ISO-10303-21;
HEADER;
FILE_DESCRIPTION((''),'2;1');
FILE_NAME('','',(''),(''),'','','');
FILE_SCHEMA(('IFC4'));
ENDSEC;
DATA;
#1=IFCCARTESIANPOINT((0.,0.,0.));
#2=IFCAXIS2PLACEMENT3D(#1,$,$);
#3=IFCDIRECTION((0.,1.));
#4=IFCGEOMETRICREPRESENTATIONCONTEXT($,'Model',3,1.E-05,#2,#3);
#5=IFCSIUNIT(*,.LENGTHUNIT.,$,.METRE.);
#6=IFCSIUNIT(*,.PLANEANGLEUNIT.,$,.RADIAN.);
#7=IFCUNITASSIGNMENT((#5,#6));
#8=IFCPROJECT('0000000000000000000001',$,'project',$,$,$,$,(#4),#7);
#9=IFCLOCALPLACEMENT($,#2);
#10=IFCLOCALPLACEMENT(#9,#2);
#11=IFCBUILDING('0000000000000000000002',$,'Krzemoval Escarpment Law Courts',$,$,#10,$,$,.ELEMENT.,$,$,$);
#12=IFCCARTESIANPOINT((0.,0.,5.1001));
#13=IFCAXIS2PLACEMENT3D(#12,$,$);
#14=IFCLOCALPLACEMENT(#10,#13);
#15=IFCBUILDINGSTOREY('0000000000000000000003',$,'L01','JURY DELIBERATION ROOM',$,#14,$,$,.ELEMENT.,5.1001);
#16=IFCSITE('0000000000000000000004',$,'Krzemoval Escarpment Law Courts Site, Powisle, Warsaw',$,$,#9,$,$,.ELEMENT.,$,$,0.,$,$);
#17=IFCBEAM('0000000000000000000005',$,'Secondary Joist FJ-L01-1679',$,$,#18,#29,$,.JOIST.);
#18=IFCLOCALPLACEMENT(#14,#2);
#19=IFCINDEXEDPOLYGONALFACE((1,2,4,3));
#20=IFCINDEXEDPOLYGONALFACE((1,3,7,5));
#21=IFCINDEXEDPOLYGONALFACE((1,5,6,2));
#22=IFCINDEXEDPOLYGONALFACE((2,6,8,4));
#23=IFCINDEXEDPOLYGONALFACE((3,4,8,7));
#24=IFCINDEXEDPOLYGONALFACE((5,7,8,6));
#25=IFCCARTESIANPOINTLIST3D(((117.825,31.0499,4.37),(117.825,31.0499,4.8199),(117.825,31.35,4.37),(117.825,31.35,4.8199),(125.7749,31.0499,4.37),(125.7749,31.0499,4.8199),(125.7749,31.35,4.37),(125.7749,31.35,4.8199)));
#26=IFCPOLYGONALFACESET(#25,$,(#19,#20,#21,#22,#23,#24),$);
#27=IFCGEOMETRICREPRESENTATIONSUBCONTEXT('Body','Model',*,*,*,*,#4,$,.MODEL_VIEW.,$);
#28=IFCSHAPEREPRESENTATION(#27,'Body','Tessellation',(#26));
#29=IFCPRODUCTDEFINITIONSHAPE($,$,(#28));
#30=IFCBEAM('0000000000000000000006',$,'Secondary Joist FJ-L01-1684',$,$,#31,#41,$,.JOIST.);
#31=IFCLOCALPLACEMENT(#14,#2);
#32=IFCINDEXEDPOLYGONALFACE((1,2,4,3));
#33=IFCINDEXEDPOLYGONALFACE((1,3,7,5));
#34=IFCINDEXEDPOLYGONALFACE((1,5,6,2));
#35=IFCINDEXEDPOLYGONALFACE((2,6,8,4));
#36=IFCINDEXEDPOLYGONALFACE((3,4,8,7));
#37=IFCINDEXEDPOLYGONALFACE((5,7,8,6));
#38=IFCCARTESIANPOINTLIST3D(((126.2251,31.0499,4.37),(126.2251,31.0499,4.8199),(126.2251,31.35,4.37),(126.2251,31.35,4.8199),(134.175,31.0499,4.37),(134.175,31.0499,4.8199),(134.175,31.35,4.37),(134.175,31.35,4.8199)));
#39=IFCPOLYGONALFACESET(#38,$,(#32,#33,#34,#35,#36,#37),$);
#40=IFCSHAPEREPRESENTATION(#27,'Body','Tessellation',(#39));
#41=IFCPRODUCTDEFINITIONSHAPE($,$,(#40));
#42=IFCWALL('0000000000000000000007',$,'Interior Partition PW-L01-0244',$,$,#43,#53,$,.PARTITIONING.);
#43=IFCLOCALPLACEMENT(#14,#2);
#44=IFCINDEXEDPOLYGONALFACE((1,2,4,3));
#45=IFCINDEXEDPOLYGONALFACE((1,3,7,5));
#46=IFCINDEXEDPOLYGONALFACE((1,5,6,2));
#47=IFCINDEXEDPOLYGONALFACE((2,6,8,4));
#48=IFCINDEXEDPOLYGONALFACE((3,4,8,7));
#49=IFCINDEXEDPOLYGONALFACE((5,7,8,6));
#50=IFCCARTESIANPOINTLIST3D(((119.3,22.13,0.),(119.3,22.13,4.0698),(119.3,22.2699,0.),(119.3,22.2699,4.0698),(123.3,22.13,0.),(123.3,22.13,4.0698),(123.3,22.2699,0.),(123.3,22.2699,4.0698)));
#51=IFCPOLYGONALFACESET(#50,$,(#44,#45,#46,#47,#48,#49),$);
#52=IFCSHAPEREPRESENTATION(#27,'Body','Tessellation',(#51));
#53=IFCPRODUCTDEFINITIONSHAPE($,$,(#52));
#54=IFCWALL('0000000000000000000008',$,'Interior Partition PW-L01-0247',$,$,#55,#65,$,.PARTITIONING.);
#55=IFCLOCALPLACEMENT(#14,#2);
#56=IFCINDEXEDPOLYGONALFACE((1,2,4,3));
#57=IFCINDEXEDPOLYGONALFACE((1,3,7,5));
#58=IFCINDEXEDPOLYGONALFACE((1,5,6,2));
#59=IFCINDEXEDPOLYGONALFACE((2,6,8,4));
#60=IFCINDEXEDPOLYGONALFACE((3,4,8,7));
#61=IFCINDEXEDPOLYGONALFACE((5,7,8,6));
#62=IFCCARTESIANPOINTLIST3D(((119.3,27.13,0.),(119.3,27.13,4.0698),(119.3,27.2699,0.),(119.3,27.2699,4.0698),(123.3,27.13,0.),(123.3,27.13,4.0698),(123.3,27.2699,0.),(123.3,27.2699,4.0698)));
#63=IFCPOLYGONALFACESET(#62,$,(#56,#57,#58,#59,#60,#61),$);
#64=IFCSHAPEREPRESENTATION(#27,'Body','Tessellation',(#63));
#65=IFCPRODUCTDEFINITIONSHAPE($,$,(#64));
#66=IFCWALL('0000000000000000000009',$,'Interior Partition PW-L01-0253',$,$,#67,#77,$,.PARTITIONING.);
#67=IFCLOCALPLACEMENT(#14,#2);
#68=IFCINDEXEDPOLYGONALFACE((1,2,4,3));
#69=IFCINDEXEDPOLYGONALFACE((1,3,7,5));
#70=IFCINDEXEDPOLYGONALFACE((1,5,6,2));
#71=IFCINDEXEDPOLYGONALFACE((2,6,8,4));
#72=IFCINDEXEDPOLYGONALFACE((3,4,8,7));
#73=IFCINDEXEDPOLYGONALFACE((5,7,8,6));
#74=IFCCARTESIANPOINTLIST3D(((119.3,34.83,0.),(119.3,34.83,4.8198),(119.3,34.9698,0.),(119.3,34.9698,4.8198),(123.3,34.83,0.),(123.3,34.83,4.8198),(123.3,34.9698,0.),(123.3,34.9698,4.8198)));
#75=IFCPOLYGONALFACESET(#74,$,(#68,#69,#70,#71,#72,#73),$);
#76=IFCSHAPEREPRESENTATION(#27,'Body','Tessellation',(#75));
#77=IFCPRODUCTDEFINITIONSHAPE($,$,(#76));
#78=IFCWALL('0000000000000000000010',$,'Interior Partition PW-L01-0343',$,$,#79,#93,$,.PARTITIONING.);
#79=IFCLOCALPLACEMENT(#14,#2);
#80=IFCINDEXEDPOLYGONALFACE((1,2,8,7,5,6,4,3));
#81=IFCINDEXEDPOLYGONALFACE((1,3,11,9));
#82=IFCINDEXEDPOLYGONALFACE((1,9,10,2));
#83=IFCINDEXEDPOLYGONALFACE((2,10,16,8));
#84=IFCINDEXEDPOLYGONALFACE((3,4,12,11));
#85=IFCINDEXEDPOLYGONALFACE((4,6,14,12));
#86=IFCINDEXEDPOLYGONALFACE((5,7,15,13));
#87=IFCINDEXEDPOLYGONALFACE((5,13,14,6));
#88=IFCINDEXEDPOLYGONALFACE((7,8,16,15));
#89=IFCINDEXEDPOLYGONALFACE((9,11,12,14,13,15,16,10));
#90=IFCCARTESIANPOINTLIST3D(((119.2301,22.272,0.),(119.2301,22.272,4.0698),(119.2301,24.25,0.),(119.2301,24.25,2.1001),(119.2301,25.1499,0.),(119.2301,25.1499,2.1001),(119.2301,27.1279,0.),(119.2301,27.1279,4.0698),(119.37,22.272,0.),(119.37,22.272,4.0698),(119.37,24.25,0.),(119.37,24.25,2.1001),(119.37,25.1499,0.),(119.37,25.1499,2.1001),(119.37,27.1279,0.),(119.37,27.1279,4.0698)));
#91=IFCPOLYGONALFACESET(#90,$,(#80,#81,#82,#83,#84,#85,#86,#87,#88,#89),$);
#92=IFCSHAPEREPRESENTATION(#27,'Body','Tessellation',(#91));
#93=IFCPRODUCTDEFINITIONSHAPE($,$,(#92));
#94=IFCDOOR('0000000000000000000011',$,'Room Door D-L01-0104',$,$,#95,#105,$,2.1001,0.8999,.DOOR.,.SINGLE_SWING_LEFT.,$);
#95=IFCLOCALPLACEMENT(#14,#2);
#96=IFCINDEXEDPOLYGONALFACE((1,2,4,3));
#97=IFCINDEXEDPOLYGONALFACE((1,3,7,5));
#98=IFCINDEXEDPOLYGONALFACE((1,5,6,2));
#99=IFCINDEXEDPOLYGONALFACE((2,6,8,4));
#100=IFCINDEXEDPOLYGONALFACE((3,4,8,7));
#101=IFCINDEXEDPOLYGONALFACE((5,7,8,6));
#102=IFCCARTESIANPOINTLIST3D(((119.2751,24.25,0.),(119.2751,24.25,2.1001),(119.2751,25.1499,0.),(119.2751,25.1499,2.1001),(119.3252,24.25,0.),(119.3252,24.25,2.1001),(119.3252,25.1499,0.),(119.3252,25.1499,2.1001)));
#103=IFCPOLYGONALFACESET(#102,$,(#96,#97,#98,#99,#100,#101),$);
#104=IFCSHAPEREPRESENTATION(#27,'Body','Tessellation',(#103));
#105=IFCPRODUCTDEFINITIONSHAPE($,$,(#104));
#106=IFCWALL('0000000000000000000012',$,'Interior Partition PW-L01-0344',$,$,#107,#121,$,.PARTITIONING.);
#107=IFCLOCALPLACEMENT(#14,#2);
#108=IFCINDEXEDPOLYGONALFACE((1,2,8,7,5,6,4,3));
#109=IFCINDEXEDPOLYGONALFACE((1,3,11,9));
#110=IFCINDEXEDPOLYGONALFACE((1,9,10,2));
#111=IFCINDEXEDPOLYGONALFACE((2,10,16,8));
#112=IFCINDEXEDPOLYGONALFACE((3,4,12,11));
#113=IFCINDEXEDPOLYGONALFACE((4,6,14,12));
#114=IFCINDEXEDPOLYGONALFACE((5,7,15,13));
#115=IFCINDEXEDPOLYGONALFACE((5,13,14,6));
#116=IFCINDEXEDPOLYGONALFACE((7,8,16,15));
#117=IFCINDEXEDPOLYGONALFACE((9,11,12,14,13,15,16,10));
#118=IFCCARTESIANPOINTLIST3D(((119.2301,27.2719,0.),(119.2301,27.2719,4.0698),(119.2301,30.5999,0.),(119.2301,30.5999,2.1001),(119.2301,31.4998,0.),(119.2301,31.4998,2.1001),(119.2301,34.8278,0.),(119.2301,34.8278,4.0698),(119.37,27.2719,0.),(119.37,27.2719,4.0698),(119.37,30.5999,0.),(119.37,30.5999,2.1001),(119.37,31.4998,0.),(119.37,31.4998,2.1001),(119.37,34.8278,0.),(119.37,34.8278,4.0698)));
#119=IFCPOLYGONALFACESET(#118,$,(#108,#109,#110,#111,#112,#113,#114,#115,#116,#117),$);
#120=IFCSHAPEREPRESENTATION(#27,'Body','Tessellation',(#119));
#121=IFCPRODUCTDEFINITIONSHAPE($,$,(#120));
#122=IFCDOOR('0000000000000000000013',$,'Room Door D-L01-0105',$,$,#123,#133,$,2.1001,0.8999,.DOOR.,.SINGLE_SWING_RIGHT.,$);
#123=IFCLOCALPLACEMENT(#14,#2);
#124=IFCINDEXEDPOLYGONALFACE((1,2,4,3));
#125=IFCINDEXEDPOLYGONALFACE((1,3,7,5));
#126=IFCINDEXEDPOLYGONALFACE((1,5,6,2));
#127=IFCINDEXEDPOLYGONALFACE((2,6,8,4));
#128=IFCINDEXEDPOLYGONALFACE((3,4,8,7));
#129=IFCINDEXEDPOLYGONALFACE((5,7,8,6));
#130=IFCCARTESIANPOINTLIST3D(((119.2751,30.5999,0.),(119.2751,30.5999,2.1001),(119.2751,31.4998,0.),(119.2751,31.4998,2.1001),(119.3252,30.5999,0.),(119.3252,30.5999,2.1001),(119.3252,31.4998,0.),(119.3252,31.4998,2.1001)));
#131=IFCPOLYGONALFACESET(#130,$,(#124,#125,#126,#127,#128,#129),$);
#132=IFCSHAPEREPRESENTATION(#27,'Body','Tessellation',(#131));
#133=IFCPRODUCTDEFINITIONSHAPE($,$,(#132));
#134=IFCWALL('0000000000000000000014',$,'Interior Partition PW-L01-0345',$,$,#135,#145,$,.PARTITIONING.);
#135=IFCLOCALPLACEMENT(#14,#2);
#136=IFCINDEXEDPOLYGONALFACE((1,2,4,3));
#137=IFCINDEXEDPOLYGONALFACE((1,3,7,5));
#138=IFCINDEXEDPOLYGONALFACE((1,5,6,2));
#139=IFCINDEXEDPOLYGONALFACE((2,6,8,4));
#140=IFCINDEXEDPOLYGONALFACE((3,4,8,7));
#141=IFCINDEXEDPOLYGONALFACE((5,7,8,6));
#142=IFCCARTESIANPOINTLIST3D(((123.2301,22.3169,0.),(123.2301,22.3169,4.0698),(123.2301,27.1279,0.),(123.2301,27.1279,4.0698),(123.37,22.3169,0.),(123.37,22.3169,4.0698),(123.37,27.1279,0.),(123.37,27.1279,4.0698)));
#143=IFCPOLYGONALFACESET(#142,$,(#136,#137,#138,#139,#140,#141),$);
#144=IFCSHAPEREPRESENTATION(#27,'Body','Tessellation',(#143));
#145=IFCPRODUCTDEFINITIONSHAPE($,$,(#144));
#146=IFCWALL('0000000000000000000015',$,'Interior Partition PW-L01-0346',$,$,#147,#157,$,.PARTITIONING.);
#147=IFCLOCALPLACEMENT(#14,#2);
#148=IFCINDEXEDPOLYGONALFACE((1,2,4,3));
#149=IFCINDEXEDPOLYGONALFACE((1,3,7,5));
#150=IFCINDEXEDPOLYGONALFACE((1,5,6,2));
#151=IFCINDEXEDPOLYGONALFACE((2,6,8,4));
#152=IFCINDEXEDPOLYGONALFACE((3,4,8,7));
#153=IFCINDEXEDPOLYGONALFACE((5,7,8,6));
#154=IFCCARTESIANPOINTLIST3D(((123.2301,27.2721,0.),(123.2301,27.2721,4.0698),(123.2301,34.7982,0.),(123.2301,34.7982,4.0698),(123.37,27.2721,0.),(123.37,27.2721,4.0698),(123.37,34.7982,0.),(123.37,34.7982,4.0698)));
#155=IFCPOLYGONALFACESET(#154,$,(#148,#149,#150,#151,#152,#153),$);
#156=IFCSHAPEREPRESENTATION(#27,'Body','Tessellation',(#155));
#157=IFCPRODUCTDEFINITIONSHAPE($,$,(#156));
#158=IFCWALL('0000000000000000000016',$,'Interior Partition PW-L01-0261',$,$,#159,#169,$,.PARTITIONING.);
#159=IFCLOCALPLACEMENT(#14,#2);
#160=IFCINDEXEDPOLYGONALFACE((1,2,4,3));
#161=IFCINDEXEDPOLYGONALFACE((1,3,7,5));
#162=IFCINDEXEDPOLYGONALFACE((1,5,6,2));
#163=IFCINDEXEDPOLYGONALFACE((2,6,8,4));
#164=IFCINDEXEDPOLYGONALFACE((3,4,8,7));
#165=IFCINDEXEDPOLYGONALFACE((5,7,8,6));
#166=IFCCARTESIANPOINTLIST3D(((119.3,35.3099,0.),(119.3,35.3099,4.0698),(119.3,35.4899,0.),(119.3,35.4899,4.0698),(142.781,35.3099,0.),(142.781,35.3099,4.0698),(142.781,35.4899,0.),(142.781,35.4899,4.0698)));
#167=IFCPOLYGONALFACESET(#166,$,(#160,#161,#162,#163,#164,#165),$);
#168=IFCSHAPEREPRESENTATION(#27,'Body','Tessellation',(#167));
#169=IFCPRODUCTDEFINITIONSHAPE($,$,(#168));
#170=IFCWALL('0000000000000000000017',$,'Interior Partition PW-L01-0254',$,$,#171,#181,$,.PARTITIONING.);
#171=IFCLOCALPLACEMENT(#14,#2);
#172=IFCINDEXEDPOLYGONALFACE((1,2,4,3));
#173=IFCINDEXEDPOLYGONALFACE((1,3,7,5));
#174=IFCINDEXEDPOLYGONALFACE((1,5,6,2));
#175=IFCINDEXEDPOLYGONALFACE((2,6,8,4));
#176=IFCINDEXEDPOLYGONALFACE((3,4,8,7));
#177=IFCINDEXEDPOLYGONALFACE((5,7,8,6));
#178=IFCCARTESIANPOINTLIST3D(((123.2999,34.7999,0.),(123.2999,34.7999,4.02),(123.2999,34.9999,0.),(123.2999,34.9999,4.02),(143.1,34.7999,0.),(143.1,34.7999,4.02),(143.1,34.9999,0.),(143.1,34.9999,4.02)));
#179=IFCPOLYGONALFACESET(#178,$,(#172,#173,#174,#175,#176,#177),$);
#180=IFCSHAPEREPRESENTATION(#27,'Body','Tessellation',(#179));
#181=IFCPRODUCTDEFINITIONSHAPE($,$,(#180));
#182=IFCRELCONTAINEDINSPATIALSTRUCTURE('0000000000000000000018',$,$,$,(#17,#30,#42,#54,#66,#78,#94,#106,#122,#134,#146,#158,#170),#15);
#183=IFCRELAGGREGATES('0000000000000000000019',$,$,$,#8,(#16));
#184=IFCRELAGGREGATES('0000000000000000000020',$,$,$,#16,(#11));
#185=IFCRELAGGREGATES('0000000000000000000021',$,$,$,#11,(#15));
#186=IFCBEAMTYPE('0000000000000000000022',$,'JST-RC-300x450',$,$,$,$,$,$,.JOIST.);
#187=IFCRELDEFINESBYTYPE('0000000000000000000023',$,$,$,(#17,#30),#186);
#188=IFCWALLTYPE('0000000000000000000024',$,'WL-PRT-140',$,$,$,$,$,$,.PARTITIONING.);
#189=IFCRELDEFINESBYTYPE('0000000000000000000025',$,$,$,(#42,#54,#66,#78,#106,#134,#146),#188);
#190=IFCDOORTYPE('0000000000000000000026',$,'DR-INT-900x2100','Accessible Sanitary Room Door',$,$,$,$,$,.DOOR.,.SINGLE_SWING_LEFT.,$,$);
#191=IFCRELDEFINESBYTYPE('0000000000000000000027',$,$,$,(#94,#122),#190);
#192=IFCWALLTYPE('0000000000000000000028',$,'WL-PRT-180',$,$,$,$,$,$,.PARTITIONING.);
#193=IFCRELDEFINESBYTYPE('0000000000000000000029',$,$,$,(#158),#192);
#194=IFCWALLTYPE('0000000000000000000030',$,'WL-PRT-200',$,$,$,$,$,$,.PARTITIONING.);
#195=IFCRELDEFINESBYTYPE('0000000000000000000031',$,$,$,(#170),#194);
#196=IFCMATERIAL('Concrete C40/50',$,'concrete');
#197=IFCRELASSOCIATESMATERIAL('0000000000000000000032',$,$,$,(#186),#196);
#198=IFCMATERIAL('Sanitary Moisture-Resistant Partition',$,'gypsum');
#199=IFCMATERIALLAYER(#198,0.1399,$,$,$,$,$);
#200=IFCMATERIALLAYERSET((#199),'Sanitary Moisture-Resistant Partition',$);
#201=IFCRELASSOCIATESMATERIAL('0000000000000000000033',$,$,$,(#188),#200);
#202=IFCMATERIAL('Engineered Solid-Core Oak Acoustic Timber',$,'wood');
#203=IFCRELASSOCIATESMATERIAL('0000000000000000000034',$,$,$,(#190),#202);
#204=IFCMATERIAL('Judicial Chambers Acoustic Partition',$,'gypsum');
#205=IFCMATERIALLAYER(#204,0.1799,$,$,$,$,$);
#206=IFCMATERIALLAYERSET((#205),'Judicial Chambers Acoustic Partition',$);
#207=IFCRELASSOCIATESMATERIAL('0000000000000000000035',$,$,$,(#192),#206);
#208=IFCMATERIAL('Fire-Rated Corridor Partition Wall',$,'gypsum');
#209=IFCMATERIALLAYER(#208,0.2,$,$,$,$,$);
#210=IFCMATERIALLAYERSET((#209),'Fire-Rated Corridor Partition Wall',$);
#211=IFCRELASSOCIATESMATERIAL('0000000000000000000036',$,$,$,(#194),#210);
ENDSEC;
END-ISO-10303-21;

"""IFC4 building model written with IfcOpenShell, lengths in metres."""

from ifc_helpers import new_model, si_unit, direction, frame, frame_2d, origin, origin_2d, place, context, subcontext, project, spatial, rectangle, extrude, material, layer, layer_set, material_profile, profile_set, type_object, element, fill, save


model = new_model("IFC4")

# Units and contexts
model_context = context("Model", 3, precision=1e-05, world=origin(), true_north=direction((0.0, 1.0)))
body_context = subcontext(model_context, "Body", "Model", "MODEL_VIEW")
ifc_project = project(units=[si_unit("LENGTHUNIT", "METRE"), si_unit("PLANEANGLEUNIT", "RADIAN")], contexts=[model_context])

# Site, building, storey
site_placement = place(None, origin())
site = spatial("IfcSite", under=ifc_project, at=site_placement, Name="Krzemoval Escarpment Law Courts Site, Powisle, Warsaw", CompositionType="ELEMENT", RefElevation=0.0)
building_placement = place(site_placement, origin())
building = spatial("IfcBuilding", under=site, at=building_placement, Name="Krzemoval Escarpment Law Courts", CompositionType="ELEMENT")
storey_placement = place(building_placement, frame((0.0, 0.0, 5.1001)))
storey = spatial("IfcBuildingStorey", under=building, at=storey_placement, Name="L01", Description="JURY DELIBERATION ROOM", CompositionType="ELEMENT", Elevation=5.1001)

# Beams
ifc_material_1 = material(Name="Concrete C40/50", Category="concrete")
ifc_material_profile_1 = material_profile(ifc_material_1, rectangle(XDim=0.3, YDim=0.45, at=origin_2d()), Name="RCB 300x450")
ifc_profile_set_1 = profile_set([ifc_material_profile_1], Name="Concrete C40/50")
beam_type_1 = type_object("IfcBeamType", Name="JST-RC-300x450", PredefinedType="JOIST", material=ifc_profile_set_1)
for number, where, z_axis, x_axis, name in (
    (1, (117.825, 31.2, 4.595), (1.0, 0.0, 0.0), (0.0, 1.0, 0.0), "Secondary Joist FJ-L01-1679"),
    (2, (126.2251, 31.2, 4.595), (1.0, 0.0, 0.0), (0.0, 1.0, 0.0), "Secondary Joist FJ-L01-1684"),
):
    element("IfcBeam", number, at=place(storey_placement, frame(where, z_axis=z_axis, x_axis=x_axis)), inside=storey, type_object=beam_type_1, Name=name, PredefinedType="JOIST", context=body_context, shape_type="SweptSolid", body=[
        extrude(rectangle(XDim=0.3, YDim=0.45, at=origin_2d()), origin(), (0.0, 0.0, 1.0), 7.95),
    ])

# Walls
ifc_material_2 = material(Name="Sanitary Moisture-Resistant Partition", Category="gypsum")
ifc_layer_1 = layer(ifc_material_2, 0.1399)
ifc_layer_set_1 = layer_set([ifc_layer_1], Name="Sanitary Moisture-Resistant Partition")
wall_type_1 = type_object("IfcWallType", Name="WL-PRT-140", PredefinedType="PARTITIONING", material=ifc_layer_set_1)
for number, where, z_axis, x_axis, name in (
    (3, (119.3, 22.2, 0.0), (0.0, 0.0, 1.0), (1.0, 0.0, 0.0), "Interior Partition PW-L01-0244"),
    (4, (119.3, 27.2, 0.0), (0.0, 0.0, 1.0), (1.0, 0.0, 0.0), "Interior Partition PW-L01-0247"),
):
    element("IfcWall", number, at=place(storey_placement, frame(where, z_axis=z_axis, x_axis=x_axis)), inside=storey, type_object=wall_type_1, Name=name, PredefinedType="PARTITIONING", context=body_context, shape_type="SweptSolid", body=[
        extrude(rectangle(XDim=4.0, YDim=0.1399, at=frame_2d((2.0, 0.0))), origin(), (0.0, 0.0, 1.0), 4.0698),
    ])
wall_1_placement = place(storey_placement, frame((119.3, 34.8999, 0.0), z_axis=(0.0, 0.0, 1.0), x_axis=(1.0, 0.0, 0.0)))
element("IfcWall", 5, at=wall_1_placement, inside=storey, type_object=wall_type_1, Name="Interior Partition PW-L01-0253", PredefinedType="PARTITIONING", context=body_context, shape_type="SweptSolid", body=[
    extrude(rectangle(XDim=4.0, YDim=0.1399, at=frame_2d((2.0, 0.0))), origin(), (0.0, 0.0, 1.0), 4.8198),
])

# Walls, openings, doors
wall_2_placement = place(storey_placement, frame((119.3, 22.272, 0.0), z_axis=(0.0, 0.0, 1.0), x_axis=(0.0, 1.0, 0.0)))
wall_2 = element("IfcWall", 6, at=wall_2_placement, inside=storey, type_object=wall_type_1, Name="Interior Partition PW-L01-0343", PredefinedType="PARTITIONING", context=body_context, shape_type="SweptSolid", body=[
    extrude(rectangle(XDim=4.856, YDim=0.1399, at=frame_2d((2.428, 0.0))), origin(), (0.0, 0.0, 1.0), 4.0698),
])
opening_1_placement = place(wall_2_placement, frame((1.978, 0.0, 0.0)))
opening_1 = element("IfcOpeningElement", 7, at=opening_1_placement, cuts=wall_2, PredefinedType="OPENING", context=body_context, shape_type="SweptSolid", body=[
    extrude(rectangle(XDim=0.8999, YDim=2.1001, at=frame_2d((0.45, 1.05))), frame((0.0, 0.0849, 0.0), z_axis=(0.0, -1.0, 0.0), x_axis=(1.0, 0.0, 0.0)), (0.0, 0.0, 1.0), 0.1699),
])
ifc_material_3 = material(Name="Engineered Solid-Core Oak Acoustic Timber", Category="wood")
door_type_1 = type_object("IfcDoorType", Name="DR-INT-900x2100", Description="Accessible Sanitary Room Door", OperationType="SINGLE_SWING_LEFT", PredefinedType="DOOR", material=ifc_material_3)
door_1_placement = place(opening_1_placement, origin())
door_1 = element("IfcDoor", 8, at=door_1_placement, inside=storey, type_object=door_type_1, Name="Room Door D-L01-0104", OperationType="SINGLE_SWING_LEFT", OverallHeight=2.1001, OverallWidth=0.8999, PredefinedType="DOOR", context=body_context, shape_type="SweptSolid", body=[
    extrude(rectangle(XDim=0.8999, YDim=2.1001, at=frame_2d((0.45, 1.05))), frame((0.0, 0.0249, 0.0), z_axis=(0.0, -1.0, 0.0), x_axis=(1.0, 0.0, 0.0)), (0.0, 0.0, 1.0), 0.05),
])
fill(opening_1, door_1)
wall_3_placement = place(storey_placement, frame((119.3, 27.272, 0.0), z_axis=(0.0, 0.0, 1.0), x_axis=(0.0, 1.0, 0.0)))
wall_3 = element("IfcWall", 9, at=wall_3_placement, inside=storey, type_object=wall_type_1, Name="Interior Partition PW-L01-0344", PredefinedType="PARTITIONING", context=body_context, shape_type="SweptSolid", body=[
    extrude(rectangle(XDim=7.5559, YDim=0.1399, at=frame_2d((3.7778, 0.0))), origin(), (0.0, 0.0, 1.0), 4.0698),
])
opening_2_placement = place(wall_3_placement, frame((3.3279, 0.0, 0.0)))
opening_2 = element("IfcOpeningElement", 10, at=opening_2_placement, cuts=wall_3, PredefinedType="OPENING", context=body_context, shape_type="SweptSolid", body=[
    extrude(rectangle(XDim=0.8999, YDim=2.1001, at=frame_2d((0.45, 1.05))), frame((0.0, 0.0849, 0.0), z_axis=(0.0, -1.0, 0.0), x_axis=(1.0, 0.0, 0.0)), (0.0, 0.0, 1.0), 0.1699),
])
door_2_placement = place(opening_2_placement, origin())
door_2 = element("IfcDoor", 11, at=door_2_placement, inside=storey, type_object=door_type_1, Name="Room Door D-L01-0105", OperationType="SINGLE_SWING_RIGHT", OverallHeight=2.1001, OverallWidth=0.8999, PredefinedType="DOOR", context=body_context, shape_type="SweptSolid", body=[
    extrude(rectangle(XDim=0.8999, YDim=2.1001, at=frame_2d((0.45, 1.05))), frame((0.0, 0.0249, 0.0), z_axis=(0.0, -1.0, 0.0), x_axis=(1.0, 0.0, 0.0)), (0.0, 0.0, 1.0), 0.05),
])
fill(opening_2, door_2)

# Walls
wall_4_placement = place(storey_placement, frame((123.3, 22.3169, 0.0), z_axis=(0.0, 0.0, 1.0), x_axis=(0.0, 1.0, 0.0)))
element("IfcWall", 12, at=wall_4_placement, inside=storey, type_object=wall_type_1, Name="Interior Partition PW-L01-0345", PredefinedType="PARTITIONING", context=body_context, shape_type="SweptSolid", body=[
    extrude(rectangle(XDim=4.811, YDim=0.1399, at=frame_2d((2.4055, 0.0))), origin(), (0.0, 0.0, 1.0), 4.0698),
])
wall_5_placement = place(storey_placement, frame((123.3, 27.272, 0.0), z_axis=(0.0, 0.0, 1.0), x_axis=(0.0, 1.0, 0.0)))
element("IfcWall", 13, at=wall_5_placement, inside=storey, type_object=wall_type_1, Name="Interior Partition PW-L01-0346", PredefinedType="PARTITIONING", context=body_context, shape_type="SweptSolid", body=[
    extrude(rectangle(XDim=7.5261, YDim=0.1399, at=frame_2d((3.7632, 0.0))), origin(), (0.0, 0.0, 1.0), 4.0698),
])
ifc_material_4 = material(Name="Judicial Chambers Acoustic Partition", Category="gypsum")
ifc_layer_2 = layer(ifc_material_4, 0.1799)
ifc_layer_set_2 = layer_set([ifc_layer_2], Name="Judicial Chambers Acoustic Partition")
wall_type_2 = type_object("IfcWallType", Name="WL-PRT-180", PredefinedType="PARTITIONING", material=ifc_layer_set_2)
wall_6_placement = place(storey_placement, frame((119.3, 35.3999, 0.0), z_axis=(0.0, 0.0, 1.0), x_axis=(1.0, 0.0, 0.0)))
element("IfcWall", 14, at=wall_6_placement, inside=storey, type_object=wall_type_2, Name="Interior Partition PW-L01-0261", PredefinedType="PARTITIONING", context=body_context, shape_type="SweptSolid", body=[
    extrude(rectangle(XDim=23.481, YDim=0.1799, at=frame_2d((11.7405, 0.0))), origin(), (0.0, 0.0, 1.0), 4.0698),
])
ifc_material_5 = material(Name="Fire-Rated Corridor Partition Wall", Category="gypsum")
ifc_layer_3 = layer(ifc_material_5, 0.2)
ifc_layer_set_3 = layer_set([ifc_layer_3], Name="Fire-Rated Corridor Partition Wall")
wall_type_3 = type_object("IfcWallType", Name="WL-PRT-200", PredefinedType="PARTITIONING", material=ifc_layer_set_3)
wall_7_placement = place(storey_placement, frame((123.3, 34.8999, 0.0), z_axis=(0.0, 0.0, 1.0), x_axis=(1.0, 0.0, 0.0)))
element("IfcWall", 15, at=wall_7_placement, inside=storey, type_object=wall_type_3, Name="Interior Partition PW-L01-0254", PredefinedType="PARTITIONING", context=body_context, shape_type="SweptSolid", body=[
    extrude(rectangle(XDim=19.8, YDim=0.2, at=frame_2d((9.8999, 0.0))), origin(), (0.0, 0.0, 1.0), 4.02),
])

save(model, "model.ifc")
